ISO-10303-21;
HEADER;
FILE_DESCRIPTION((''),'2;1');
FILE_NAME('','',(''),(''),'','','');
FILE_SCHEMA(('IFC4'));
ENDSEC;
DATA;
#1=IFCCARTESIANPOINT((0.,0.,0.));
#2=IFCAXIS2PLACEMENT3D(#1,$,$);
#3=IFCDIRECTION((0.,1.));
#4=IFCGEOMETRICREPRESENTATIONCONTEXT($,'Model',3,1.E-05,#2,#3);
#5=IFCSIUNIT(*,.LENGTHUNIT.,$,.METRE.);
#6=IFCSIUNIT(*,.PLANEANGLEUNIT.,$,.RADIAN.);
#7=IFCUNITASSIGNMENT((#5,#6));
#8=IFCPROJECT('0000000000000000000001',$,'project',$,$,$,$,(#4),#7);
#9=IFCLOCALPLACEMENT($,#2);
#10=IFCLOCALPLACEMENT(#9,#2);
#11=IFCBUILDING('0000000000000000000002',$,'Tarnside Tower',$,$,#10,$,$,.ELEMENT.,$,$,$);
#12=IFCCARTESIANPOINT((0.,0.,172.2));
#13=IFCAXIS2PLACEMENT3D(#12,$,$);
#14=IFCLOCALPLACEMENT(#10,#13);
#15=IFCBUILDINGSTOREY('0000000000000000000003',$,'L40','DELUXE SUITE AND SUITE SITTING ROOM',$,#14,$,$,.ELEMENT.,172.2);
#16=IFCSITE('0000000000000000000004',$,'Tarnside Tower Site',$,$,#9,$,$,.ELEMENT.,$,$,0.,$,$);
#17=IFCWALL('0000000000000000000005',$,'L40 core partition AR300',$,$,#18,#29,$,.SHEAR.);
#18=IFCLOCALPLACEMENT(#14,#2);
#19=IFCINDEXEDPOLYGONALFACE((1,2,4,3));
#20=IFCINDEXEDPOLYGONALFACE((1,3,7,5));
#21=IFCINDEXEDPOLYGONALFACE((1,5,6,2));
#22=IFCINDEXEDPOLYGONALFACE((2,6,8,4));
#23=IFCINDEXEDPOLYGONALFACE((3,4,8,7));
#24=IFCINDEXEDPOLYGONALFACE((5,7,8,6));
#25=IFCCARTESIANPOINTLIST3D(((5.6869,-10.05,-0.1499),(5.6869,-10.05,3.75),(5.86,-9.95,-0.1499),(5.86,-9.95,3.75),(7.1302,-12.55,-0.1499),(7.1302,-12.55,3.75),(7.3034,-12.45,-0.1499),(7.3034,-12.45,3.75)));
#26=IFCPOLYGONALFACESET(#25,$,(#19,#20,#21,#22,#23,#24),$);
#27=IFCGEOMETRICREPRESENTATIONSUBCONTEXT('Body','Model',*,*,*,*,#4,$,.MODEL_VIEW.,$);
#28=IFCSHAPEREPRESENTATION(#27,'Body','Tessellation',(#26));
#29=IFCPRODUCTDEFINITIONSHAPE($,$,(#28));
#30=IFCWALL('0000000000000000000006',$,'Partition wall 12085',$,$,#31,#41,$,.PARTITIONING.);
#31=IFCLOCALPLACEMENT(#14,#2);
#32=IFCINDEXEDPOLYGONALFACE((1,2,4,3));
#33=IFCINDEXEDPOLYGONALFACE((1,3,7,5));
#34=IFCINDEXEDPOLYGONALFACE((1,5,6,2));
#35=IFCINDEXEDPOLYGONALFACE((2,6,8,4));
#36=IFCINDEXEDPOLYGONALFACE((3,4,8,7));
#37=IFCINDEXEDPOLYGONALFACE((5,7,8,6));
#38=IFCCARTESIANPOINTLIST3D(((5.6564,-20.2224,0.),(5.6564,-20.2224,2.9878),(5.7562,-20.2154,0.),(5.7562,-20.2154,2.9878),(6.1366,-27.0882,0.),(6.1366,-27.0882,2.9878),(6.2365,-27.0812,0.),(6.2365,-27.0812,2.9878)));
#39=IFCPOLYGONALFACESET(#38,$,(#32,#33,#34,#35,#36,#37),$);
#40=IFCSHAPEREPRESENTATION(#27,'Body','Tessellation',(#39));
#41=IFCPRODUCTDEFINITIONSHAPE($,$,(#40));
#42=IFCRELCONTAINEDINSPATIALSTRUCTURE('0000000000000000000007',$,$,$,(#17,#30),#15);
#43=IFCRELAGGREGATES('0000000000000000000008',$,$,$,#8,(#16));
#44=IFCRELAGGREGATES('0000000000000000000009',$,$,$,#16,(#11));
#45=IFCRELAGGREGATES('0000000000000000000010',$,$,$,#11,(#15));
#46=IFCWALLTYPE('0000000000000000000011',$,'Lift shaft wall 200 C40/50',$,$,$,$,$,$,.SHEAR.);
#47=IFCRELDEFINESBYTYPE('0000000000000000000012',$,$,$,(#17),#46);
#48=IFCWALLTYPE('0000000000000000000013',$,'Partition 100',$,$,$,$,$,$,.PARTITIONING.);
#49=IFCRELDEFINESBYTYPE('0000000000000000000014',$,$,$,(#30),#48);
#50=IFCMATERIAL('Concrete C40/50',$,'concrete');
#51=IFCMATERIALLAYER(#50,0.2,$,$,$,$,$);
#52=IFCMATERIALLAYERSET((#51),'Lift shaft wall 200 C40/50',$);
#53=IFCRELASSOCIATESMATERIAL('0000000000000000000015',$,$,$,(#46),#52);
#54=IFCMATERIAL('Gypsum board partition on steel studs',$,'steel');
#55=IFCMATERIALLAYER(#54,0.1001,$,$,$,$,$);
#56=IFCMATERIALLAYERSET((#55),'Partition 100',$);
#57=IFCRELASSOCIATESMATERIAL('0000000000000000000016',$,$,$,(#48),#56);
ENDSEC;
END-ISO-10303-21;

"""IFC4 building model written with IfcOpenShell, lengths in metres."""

from ifc_helpers import new_model, si_unit, direction, frame, frame_2d, origin, place, context, subcontext, project, spatial, rectangle, extrude, material, layer, layer_set, type_object, element, save


model = new_model("IFC4")

# Units and contexts
model_context = context("Model", 3, precision=1e-05, world=origin(), true_north=direction((0.0, 1.0)))
body_context = subcontext(model_context, "Body", "Model", "MODEL_VIEW")
ifc_project = project(units=[si_unit("LENGTHUNIT", "METRE"), si_unit("PLANEANGLEUNIT", "RADIAN")], contexts=[model_context])

# Site, building, storey
site_placement = place(None, origin())
site = spatial("IfcSite", under=ifc_project, at=site_placement, Name="Tarnside Tower Site", CompositionType="ELEMENT", RefElevation=0.0)
building_placement = place(site_placement, origin())
building = spatial("IfcBuilding", under=site, at=building_placement, Name="Tarnside Tower", CompositionType="ELEMENT")
storey_placement = place(building_placement, frame((0.0, 0.0, 172.2)))
storey = spatial("IfcBuildingStorey", under=building, at=storey_placement, Name="L40", Description="DELUXE SUITE AND SUITE SITTING ROOM", CompositionType="ELEMENT", Elevation=172.2)

# Shared definitions
ifc_material_1 = material(Name="Gypsum board partition on steel studs", Category="steel")

# Walls
ifc_material_2 = material(Name="Concrete C40/50", Category="concrete")
ifc_layer_1 = layer(ifc_material_2, 0.2)
ifc_layer_set_1 = layer_set([ifc_layer_1], Name="Lift shaft wall 200 C40/50")
wall_type_1 = type_object("IfcWallType", Name="Lift shaft wall 200 C40/50", PredefinedType="SHEAR", material=ifc_layer_set_1)
wall_1_placement = place(storey_placement, frame((5.7734, -10.0, -0.1499), z_axis=(0.0, 0.0, 1.0), x_axis=(0.499996, -0.866028, 0.0)))
element("IfcWall", 1, at=wall_1_placement, inside=storey, type_object=wall_type_1, Name="L40 core partition AR300", PredefinedType="SHEAR", context=body_context, shape_type="SweptSolid", body=[
    extrude(rectangle(XDim=2.8867, YDim=0.2, at=frame_2d((1.4434, 0.0))), origin(), (0.0, 0.0, 1.0), 3.8999),
])
ifc_layer_2 = layer(ifc_material_1, 0.1001)
ifc_layer_set_2 = layer_set([ifc_layer_2], Name="Partition 100")
wall_type_2 = type_object("IfcWallType", Name="Partition 100", PredefinedType="PARTITIONING", material=ifc_layer_set_2)
wall_2_placement = place(storey_placement, frame((5.7063, -20.2188, 0.0), z_axis=(0.0, 0.0, 1.0), x_axis=(0.069775, -0.997563, 0.0)))
element("IfcWall", 2, at=wall_2_placement, inside=storey, type_object=wall_type_2, Name="Partition wall 12085", PredefinedType="PARTITIONING", context=body_context, shape_type="SweptSolid", body=[
    extrude(rectangle(XDim=6.8826, YDim=0.1001, at=frame_2d((3.4414, 0.0))), origin(), (0.0, 0.0, 1.0), 2.9878),
])

save(model, "model.ifc")
